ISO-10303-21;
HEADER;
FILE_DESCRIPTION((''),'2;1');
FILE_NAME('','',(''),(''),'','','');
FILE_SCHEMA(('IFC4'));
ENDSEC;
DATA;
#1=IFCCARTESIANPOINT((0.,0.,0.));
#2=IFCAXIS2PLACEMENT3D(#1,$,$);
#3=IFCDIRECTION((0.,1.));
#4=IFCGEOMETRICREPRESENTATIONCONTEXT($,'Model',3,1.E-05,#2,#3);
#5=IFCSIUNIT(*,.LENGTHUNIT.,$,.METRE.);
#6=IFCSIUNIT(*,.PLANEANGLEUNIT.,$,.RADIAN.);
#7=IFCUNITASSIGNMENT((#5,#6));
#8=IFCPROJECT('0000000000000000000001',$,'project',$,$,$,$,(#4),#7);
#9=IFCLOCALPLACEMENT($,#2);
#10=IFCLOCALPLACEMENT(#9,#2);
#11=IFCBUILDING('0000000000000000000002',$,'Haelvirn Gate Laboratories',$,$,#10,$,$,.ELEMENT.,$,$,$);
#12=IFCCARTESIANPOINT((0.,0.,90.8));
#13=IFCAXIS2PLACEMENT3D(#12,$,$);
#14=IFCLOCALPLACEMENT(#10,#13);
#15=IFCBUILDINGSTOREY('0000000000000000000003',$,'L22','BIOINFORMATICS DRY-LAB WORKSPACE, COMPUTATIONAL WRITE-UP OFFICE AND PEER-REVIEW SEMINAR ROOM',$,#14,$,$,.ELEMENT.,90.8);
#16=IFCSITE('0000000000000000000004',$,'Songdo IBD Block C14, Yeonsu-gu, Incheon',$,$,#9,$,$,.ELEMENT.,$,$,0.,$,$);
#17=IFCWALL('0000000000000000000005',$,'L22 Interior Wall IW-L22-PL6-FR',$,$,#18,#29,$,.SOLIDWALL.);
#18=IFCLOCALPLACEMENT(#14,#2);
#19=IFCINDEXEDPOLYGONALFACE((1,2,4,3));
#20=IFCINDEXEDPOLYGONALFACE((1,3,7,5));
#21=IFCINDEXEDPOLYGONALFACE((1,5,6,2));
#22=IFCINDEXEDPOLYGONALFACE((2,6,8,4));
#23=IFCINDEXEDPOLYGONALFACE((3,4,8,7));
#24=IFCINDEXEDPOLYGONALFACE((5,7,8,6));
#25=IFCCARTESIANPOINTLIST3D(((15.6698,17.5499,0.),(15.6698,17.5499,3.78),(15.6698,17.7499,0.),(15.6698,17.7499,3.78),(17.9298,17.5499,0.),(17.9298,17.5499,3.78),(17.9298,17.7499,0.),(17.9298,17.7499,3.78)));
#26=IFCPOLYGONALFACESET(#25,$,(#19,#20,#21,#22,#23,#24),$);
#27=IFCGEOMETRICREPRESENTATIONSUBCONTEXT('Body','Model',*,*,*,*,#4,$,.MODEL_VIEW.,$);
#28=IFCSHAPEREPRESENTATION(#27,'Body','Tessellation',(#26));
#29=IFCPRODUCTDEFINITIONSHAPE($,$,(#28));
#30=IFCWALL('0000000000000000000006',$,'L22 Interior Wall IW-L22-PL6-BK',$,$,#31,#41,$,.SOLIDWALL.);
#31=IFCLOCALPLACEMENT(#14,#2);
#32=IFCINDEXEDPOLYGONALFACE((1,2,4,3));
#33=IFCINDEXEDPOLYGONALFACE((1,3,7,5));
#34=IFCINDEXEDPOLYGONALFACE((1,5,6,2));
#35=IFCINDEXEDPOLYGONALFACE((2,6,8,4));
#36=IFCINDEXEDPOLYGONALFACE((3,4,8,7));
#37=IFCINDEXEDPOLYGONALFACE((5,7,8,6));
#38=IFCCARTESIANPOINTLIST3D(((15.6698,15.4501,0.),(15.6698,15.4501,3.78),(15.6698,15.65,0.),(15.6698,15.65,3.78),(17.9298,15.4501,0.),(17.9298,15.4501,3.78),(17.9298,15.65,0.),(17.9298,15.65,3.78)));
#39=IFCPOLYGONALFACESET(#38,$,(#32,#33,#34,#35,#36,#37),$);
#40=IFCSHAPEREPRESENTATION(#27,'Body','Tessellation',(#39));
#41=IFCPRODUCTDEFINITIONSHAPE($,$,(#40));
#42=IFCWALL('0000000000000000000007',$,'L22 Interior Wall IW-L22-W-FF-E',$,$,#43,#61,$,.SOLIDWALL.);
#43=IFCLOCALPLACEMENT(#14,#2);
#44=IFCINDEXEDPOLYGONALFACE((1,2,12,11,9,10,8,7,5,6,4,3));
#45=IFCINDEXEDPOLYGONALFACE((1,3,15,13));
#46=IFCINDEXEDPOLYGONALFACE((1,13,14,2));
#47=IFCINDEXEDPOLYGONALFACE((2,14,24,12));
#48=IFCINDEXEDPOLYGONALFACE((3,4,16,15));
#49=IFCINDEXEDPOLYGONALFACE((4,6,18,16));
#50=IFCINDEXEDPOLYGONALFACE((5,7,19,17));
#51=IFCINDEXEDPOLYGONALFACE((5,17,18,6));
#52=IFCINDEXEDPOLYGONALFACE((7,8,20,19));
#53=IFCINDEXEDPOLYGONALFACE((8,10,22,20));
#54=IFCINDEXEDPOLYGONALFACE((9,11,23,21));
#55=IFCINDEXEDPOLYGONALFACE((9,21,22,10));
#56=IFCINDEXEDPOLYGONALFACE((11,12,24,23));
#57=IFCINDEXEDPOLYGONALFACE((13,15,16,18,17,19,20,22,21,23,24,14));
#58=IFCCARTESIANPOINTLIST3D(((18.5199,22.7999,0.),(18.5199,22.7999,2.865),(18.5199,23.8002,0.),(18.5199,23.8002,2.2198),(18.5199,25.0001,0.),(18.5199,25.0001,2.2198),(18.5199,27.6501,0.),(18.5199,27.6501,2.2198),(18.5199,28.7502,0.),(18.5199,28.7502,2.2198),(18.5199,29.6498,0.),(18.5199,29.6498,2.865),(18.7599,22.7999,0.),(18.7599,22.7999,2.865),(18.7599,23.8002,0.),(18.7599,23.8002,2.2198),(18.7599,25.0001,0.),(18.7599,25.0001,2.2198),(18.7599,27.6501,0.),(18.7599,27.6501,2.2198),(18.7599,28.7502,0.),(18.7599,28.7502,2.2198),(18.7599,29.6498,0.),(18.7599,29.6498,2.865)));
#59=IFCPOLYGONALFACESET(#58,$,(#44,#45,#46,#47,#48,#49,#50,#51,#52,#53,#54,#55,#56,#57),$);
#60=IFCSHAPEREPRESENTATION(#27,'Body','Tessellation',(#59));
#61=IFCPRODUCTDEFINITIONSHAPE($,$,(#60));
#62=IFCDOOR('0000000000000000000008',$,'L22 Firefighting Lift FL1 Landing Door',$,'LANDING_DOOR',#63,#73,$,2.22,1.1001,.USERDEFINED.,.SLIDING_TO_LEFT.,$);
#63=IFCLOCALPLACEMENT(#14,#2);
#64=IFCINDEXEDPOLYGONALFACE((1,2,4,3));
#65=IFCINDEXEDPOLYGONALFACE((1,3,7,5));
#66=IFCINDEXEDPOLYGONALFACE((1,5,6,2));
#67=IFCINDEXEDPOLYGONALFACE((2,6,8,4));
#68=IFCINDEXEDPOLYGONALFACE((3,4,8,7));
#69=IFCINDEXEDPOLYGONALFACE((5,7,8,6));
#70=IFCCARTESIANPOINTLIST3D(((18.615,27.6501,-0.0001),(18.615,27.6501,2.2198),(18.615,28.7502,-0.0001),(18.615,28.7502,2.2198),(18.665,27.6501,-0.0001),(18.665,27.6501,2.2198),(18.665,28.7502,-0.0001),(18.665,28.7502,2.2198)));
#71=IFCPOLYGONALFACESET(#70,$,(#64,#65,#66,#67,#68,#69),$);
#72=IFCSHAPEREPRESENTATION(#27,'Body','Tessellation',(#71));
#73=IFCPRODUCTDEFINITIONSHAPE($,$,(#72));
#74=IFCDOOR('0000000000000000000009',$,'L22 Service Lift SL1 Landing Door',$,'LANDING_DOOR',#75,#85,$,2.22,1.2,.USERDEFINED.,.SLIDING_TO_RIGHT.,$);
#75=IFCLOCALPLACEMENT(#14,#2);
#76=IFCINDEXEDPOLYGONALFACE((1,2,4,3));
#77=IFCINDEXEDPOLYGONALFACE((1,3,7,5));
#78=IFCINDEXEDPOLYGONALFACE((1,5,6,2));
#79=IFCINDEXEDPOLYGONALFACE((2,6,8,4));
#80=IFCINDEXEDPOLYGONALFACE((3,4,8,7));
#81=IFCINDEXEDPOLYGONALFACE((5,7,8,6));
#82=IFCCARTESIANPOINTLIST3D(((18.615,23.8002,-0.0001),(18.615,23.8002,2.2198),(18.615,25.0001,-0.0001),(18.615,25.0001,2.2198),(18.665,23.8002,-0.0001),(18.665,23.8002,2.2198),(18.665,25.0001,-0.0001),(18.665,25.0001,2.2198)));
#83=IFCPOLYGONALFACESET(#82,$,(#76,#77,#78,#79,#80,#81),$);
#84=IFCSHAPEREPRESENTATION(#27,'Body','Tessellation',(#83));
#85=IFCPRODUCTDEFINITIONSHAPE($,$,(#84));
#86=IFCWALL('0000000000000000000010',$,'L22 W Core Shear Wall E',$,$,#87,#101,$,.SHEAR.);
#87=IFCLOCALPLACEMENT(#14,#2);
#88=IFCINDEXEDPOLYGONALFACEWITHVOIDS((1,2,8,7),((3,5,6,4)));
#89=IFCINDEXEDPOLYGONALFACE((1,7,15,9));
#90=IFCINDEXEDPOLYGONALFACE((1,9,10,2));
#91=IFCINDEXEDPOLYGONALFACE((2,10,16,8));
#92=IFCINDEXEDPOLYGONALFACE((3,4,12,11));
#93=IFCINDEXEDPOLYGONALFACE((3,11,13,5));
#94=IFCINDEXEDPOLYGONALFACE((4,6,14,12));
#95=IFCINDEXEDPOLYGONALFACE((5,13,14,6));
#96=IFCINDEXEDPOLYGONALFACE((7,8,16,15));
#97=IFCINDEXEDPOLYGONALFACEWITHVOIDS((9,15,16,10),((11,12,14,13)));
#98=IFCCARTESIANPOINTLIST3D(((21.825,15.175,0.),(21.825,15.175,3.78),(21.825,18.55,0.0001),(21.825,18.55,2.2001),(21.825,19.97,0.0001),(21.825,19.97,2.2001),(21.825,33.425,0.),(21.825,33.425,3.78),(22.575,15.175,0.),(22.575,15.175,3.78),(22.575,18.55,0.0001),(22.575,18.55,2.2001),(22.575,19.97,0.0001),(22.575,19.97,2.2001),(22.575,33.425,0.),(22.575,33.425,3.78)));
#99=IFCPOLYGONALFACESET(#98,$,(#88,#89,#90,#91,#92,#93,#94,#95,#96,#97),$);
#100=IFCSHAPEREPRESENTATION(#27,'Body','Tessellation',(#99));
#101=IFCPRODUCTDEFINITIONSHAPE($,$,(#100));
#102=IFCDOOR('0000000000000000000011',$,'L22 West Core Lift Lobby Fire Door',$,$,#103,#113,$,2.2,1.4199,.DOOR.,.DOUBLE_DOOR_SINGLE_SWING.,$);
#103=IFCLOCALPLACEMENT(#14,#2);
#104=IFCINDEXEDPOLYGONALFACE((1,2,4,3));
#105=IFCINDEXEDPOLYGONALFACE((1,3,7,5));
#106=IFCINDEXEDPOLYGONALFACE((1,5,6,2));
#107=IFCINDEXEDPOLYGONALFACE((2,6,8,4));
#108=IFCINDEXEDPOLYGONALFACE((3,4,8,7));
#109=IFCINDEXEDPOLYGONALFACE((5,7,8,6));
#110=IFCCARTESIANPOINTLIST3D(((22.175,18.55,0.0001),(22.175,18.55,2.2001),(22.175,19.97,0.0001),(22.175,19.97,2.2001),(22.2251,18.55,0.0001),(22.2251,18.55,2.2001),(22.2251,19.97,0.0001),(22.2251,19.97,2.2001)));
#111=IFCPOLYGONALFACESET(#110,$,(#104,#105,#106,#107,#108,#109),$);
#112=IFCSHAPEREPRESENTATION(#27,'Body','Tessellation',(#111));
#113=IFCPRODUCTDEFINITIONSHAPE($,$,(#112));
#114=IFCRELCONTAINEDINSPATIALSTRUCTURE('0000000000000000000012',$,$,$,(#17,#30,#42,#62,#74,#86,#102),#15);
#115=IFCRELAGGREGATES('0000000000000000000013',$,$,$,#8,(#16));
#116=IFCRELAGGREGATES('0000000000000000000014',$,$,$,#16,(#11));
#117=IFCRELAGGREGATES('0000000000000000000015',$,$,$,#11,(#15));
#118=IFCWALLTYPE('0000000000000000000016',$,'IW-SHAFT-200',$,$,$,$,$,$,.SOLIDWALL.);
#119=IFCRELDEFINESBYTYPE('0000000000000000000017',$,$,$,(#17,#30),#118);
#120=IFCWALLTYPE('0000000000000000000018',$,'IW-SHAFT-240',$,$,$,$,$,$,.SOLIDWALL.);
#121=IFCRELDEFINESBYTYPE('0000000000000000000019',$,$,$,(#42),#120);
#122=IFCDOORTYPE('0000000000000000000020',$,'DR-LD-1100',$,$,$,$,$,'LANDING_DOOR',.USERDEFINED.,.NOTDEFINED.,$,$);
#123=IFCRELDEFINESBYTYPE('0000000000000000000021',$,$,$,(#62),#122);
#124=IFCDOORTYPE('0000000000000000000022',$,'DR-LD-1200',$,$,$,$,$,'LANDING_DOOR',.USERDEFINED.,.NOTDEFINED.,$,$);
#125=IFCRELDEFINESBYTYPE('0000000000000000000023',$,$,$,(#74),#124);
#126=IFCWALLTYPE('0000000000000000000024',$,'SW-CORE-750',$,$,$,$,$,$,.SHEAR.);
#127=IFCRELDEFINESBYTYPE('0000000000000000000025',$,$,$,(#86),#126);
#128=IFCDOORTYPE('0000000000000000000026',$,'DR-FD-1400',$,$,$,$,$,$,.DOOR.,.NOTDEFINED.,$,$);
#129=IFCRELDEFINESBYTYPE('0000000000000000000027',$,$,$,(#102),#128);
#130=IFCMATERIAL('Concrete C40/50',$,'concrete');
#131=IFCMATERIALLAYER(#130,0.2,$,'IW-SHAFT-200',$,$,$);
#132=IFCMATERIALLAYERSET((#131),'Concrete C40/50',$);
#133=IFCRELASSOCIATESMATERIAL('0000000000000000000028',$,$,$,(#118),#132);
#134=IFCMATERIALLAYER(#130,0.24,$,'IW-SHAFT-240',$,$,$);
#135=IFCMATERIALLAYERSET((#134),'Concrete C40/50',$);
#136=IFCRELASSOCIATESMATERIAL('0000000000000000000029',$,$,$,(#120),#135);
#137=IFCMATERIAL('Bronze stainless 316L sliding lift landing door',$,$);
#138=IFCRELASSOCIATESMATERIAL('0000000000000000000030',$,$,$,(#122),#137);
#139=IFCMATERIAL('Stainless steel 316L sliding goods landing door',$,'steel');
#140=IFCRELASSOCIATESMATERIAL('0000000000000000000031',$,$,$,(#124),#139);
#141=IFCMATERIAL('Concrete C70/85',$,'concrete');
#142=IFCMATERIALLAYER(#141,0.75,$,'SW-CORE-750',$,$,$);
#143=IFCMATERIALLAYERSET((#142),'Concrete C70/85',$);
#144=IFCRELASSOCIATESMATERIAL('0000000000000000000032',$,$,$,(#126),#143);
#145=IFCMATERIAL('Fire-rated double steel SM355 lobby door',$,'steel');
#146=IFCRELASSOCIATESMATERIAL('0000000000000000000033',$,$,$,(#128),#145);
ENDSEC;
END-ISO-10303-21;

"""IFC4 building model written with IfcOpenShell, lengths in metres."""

from ifc_helpers import new_model, si_unit, direction, frame, frame_2d, origin, place, context, subcontext, project, spatial, rectangle, extrude, source, transform, mapped, material, layer, layer_set, type_object, type_shapes, element, fill, save


model = new_model("IFC4")

# Units and contexts
model_context = context("Model", 3, precision=1e-05, world=origin(), true_north=direction((0.0, 1.0)))
body_context = subcontext(model_context, "Body", "Model", "MODEL_VIEW")
ifc_project = project(units=[si_unit("LENGTHUNIT", "METRE"), si_unit("PLANEANGLEUNIT", "RADIAN")], contexts=[model_context])

# Site, building, storey
site_placement = place(None, origin())
site = spatial("IfcSite", under=ifc_project, at=site_placement, Name="Songdo IBD Block C14, Yeonsu-gu, Incheon", CompositionType="ELEMENT", RefElevation=0.0)
building_placement = place(site_placement, origin())
building = spatial("IfcBuilding", under=site, at=building_placement, Name="Haelvirn Gate Laboratories", CompositionType="ELEMENT")
storey_placement = place(building_placement, frame((0.0, 0.0, 90.8)))
storey = spatial("IfcBuildingStorey", under=building, at=storey_placement, Name="L22", Description="BIOINFORMATICS DRY-LAB WORKSPACE, COMPUTATIONAL WRITE-UP OFFICE AND PEER-REVIEW SEMINAR ROOM", CompositionType="ELEMENT", Elevation=90.8)

# Shared definitions
ifc_material_1 = material(Name="Concrete C70/85", Category="concrete")

# Walls
ifc_material_2 = material(Name="Concrete C40/50", Category="concrete")
ifc_layer_1 = layer(ifc_material_2, 0.2, Name="IW-SHAFT-200")
ifc_layer_set_1 = layer_set([ifc_layer_1], Name="Concrete C40/50")
wall_type_1 = type_object("IfcWallType", Name="IW-SHAFT-200", PredefinedType="SOLIDWALL", material=ifc_layer_set_1)
for number, where, z_axis, x_axis, name in (
    (1, (15.6699, 17.6499, 0.0), (0.0, 0.0, 1.0), (1.0, 0.0, 0.0), "L22 Interior Wall IW-L22-PL6-FR"),
    (2, (15.6699, 15.55, 0.0), (0.0, 0.0, 1.0), (1.0, 0.0, 0.0), "L22 Interior Wall IW-L22-PL6-BK"),
):
    element("IfcWall", number, at=place(storey_placement, frame(where, z_axis=z_axis, x_axis=x_axis)), inside=storey, type_object=wall_type_1, Name=name, PredefinedType="SOLIDWALL", context=body_context, shape_type="SweptSolid", body=[
        extrude(rectangle(XDim=2.26, YDim=0.2, at=frame_2d((1.1299, 0.0))), origin(), (0.0, 0.0, 1.0), 3.78),
    ])

# Wall, openings, doors
ifc_layer_2 = layer(ifc_material_2, 0.24, Name="IW-SHAFT-240")
ifc_layer_set_2 = layer_set([ifc_layer_2], Name="Concrete C40/50")
wall_type_2 = type_object("IfcWallType", Name="IW-SHAFT-240", PredefinedType="SOLIDWALL", material=ifc_layer_set_2)
wall_1_placement = place(storey_placement, frame((18.6399, 22.8, 0.0), z_axis=(0.0, 0.0, 1.0), x_axis=(0.0, 1.0, 0.0)))
wall_1 = element("IfcWall", 3, at=wall_1_placement, inside=storey, type_object=wall_type_2, Name="L22 Interior Wall IW-L22-W-FF-E", PredefinedType="SOLIDWALL", context=body_context, shape_type="SweptSolid", body=[
    extrude(rectangle(XDim=6.8499, YDim=0.24, at=frame_2d((3.4248, 0.0))), origin(), (0.0, 0.0, 1.0), 2.865),
])
opening_1_placement = place(wall_1_placement, frame((4.8501, 0.0, 0.0)))
opening_1 = element("IfcOpeningElement", 4, at=opening_1_placement, cuts=wall_1, PredefinedType="OPENING", context=body_context, shape_type="SweptSolid", body=[
    extrude(rectangle(XDim=1.1001, YDim=2.22, at=frame_2d((0.55, 1.1099))), frame((0.0, 0.1299, 0.0), z_axis=(0.0, -1.0, 0.0), x_axis=(1.0, 0.0, 0.0)), (0.0, 0.0, 1.0), 0.26),
])
opening_2_placement = place(wall_1_placement, frame((1.0, 0.0, 0.0)))
opening_2 = element("IfcOpeningElement", 5, at=opening_2_placement, cuts=wall_1, PredefinedType="OPENING", context=body_context, shape_type="SweptSolid", body=[
    extrude(rectangle(XDim=1.2, YDim=2.22, at=frame_2d((0.6001, 1.1099))), frame((0.0, 0.1299, 0.0), z_axis=(0.0, -1.0, 0.0), x_axis=(1.0, 0.0, 0.0)), (0.0, 0.0, 1.0), 0.26),
])
ifc_material_3 = material(Name="Bronze stainless 316L sliding lift landing door")
door_type_1 = type_object("IfcDoorType", Name="DR-LD-1100", ElementType="LANDING_DOOR", OperationType="NOTDEFINED", PredefinedType="USERDEFINED", material=ifc_material_3)
shared_shape_1 = source(origin(), body_context, "Body", "SweptSolid", [
    extrude(rectangle(XDim=1.1001, YDim=2.22, at=frame_2d((0.55, 1.1099))), frame((0.0, 0.0249, 0.0), z_axis=(0.0, -1.0, 0.0), x_axis=(1.0, 0.0, 0.0)), (0.0, 0.0, 1.0), 0.05),
])
type_shapes(door_type_1, [shared_shape_1])
door_1_placement = place(opening_1_placement, origin())
door_1 = element("IfcDoor", 6, at=door_1_placement, inside=storey, type_object=door_type_1, Name="L22 Firefighting Lift FL1 Landing Door", ObjectType="LANDING_DOOR", OperationType="SLIDING_TO_LEFT", OverallHeight=2.22, OverallWidth=1.1001, PredefinedType="USERDEFINED", context=body_context, shape_type="MappedRepresentation", body=[
    mapped(shared_shape_1, transform((0.0, 0.0, 0.0), scale=1.0)),
])
fill(opening_1, door_1)
ifc_material_4 = material(Name="Stainless steel 316L sliding goods landing door", Category="steel")
door_type_2 = type_object("IfcDoorType", Name="DR-LD-1200", ElementType="LANDING_DOOR", OperationType="NOTDEFINED", PredefinedType="USERDEFINED", material=ifc_material_4)
shared_shape_2 = source(origin(), body_context, "Body", "SweptSolid", [
    extrude(rectangle(XDim=1.2, YDim=2.22, at=frame_2d((0.6001, 1.1099))), frame((0.0, 0.0249, 0.0), z_axis=(0.0, -1.0, 0.0), x_axis=(1.0, 0.0, 0.0)), (0.0, 0.0, 1.0), 0.05),
])
type_shapes(door_type_2, [shared_shape_2])
door_2_placement = place(opening_2_placement, origin())
door_2 = element("IfcDoor", 7, at=door_2_placement, inside=storey, type_object=door_type_2, Name="L22 Service Lift SL1 Landing Door", ObjectType="LANDING_DOOR", OperationType="SLIDING_TO_RIGHT", OverallHeight=2.22, OverallWidth=1.2, PredefinedType="USERDEFINED", context=body_context, shape_type="MappedRepresentation", body=[
    mapped(shared_shape_2, transform((0.0, 0.0, 0.0), scale=1.0)),
])
fill(opening_2, door_2)

# Wall, opening, door
ifc_layer_3 = layer(ifc_material_1, 0.75, Name="SW-CORE-750")
ifc_layer_set_3 = layer_set([ifc_layer_3], Name="Concrete C70/85")
wall_type_3 = type_object("IfcWallType", Name="SW-CORE-750", PredefinedType="SHEAR", material=ifc_layer_set_3)
wall_2_placement = place(storey_placement, frame((22.2, 15.175, 0.0), z_axis=(0.0, 0.0, 1.0), x_axis=(0.0, 1.0, 0.0)))
wall_2 = element("IfcWall", 8, at=wall_2_placement, inside=storey, type_object=wall_type_3, Name="L22 W Core Shear Wall E", PredefinedType="SHEAR", context=body_context, shape_type="SweptSolid", body=[
    extrude(rectangle(XDim=18.25, YDim=0.75, at=frame_2d((9.125, 0.0))), origin(), (0.0, 0.0, 1.0), 3.78),
])
opening_3_placement = place(wall_2_placement, frame((3.375, 0.0, 0.0)))
opening_3 = element("IfcOpeningElement", 9, at=opening_3_placement, cuts=wall_2, PredefinedType="OPENING", context=body_context, shape_type="SweptSolid", body=[
    extrude(rectangle(XDim=1.4199, YDim=2.2, at=frame_2d((0.71, 1.1001))), frame((0.0, 0.385, 0.0), z_axis=(0.0, -1.0, 0.0), x_axis=(1.0, 0.0, 0.0)), (0.0, 0.0, 1.0), 0.77),
])
ifc_material_5 = material(Name="Fire-rated double steel SM355 lobby door", Category="steel")
door_type_3 = type_object("IfcDoorType", Name="DR-FD-1400", OperationType="NOTDEFINED", PredefinedType="DOOR", material=ifc_material_5)
shared_shape_3 = source(origin(), body_context, "Body", "SweptSolid", [
    extrude(rectangle(XDim=1.4199, YDim=2.2, at=frame_2d((0.71, 1.1001))), frame((0.0, 0.0249, 0.0), z_axis=(0.0, -1.0, 0.0), x_axis=(1.0, 0.0, 0.0)), (0.0, 0.0, 1.0), 0.05),
])
type_shapes(door_type_3, [shared_shape_3])
door_3_placement = place(opening_3_placement, origin())
door_3 = element("IfcDoor", 10, at=door_3_placement, inside=storey, type_object=door_type_3, Name="L22 West Core Lift Lobby Fire Door", OperationType="DOUBLE_DOOR_SINGLE_SWING", OverallHeight=2.2, OverallWidth=1.4199, PredefinedType="DOOR", context=body_context, shape_type="MappedRepresentation", body=[
    mapped(shared_shape_3, transform((0.0, 0.0, 0.0), scale=1.0)),
])
fill(opening_3, door_3)

save(model, "model.ifc")
